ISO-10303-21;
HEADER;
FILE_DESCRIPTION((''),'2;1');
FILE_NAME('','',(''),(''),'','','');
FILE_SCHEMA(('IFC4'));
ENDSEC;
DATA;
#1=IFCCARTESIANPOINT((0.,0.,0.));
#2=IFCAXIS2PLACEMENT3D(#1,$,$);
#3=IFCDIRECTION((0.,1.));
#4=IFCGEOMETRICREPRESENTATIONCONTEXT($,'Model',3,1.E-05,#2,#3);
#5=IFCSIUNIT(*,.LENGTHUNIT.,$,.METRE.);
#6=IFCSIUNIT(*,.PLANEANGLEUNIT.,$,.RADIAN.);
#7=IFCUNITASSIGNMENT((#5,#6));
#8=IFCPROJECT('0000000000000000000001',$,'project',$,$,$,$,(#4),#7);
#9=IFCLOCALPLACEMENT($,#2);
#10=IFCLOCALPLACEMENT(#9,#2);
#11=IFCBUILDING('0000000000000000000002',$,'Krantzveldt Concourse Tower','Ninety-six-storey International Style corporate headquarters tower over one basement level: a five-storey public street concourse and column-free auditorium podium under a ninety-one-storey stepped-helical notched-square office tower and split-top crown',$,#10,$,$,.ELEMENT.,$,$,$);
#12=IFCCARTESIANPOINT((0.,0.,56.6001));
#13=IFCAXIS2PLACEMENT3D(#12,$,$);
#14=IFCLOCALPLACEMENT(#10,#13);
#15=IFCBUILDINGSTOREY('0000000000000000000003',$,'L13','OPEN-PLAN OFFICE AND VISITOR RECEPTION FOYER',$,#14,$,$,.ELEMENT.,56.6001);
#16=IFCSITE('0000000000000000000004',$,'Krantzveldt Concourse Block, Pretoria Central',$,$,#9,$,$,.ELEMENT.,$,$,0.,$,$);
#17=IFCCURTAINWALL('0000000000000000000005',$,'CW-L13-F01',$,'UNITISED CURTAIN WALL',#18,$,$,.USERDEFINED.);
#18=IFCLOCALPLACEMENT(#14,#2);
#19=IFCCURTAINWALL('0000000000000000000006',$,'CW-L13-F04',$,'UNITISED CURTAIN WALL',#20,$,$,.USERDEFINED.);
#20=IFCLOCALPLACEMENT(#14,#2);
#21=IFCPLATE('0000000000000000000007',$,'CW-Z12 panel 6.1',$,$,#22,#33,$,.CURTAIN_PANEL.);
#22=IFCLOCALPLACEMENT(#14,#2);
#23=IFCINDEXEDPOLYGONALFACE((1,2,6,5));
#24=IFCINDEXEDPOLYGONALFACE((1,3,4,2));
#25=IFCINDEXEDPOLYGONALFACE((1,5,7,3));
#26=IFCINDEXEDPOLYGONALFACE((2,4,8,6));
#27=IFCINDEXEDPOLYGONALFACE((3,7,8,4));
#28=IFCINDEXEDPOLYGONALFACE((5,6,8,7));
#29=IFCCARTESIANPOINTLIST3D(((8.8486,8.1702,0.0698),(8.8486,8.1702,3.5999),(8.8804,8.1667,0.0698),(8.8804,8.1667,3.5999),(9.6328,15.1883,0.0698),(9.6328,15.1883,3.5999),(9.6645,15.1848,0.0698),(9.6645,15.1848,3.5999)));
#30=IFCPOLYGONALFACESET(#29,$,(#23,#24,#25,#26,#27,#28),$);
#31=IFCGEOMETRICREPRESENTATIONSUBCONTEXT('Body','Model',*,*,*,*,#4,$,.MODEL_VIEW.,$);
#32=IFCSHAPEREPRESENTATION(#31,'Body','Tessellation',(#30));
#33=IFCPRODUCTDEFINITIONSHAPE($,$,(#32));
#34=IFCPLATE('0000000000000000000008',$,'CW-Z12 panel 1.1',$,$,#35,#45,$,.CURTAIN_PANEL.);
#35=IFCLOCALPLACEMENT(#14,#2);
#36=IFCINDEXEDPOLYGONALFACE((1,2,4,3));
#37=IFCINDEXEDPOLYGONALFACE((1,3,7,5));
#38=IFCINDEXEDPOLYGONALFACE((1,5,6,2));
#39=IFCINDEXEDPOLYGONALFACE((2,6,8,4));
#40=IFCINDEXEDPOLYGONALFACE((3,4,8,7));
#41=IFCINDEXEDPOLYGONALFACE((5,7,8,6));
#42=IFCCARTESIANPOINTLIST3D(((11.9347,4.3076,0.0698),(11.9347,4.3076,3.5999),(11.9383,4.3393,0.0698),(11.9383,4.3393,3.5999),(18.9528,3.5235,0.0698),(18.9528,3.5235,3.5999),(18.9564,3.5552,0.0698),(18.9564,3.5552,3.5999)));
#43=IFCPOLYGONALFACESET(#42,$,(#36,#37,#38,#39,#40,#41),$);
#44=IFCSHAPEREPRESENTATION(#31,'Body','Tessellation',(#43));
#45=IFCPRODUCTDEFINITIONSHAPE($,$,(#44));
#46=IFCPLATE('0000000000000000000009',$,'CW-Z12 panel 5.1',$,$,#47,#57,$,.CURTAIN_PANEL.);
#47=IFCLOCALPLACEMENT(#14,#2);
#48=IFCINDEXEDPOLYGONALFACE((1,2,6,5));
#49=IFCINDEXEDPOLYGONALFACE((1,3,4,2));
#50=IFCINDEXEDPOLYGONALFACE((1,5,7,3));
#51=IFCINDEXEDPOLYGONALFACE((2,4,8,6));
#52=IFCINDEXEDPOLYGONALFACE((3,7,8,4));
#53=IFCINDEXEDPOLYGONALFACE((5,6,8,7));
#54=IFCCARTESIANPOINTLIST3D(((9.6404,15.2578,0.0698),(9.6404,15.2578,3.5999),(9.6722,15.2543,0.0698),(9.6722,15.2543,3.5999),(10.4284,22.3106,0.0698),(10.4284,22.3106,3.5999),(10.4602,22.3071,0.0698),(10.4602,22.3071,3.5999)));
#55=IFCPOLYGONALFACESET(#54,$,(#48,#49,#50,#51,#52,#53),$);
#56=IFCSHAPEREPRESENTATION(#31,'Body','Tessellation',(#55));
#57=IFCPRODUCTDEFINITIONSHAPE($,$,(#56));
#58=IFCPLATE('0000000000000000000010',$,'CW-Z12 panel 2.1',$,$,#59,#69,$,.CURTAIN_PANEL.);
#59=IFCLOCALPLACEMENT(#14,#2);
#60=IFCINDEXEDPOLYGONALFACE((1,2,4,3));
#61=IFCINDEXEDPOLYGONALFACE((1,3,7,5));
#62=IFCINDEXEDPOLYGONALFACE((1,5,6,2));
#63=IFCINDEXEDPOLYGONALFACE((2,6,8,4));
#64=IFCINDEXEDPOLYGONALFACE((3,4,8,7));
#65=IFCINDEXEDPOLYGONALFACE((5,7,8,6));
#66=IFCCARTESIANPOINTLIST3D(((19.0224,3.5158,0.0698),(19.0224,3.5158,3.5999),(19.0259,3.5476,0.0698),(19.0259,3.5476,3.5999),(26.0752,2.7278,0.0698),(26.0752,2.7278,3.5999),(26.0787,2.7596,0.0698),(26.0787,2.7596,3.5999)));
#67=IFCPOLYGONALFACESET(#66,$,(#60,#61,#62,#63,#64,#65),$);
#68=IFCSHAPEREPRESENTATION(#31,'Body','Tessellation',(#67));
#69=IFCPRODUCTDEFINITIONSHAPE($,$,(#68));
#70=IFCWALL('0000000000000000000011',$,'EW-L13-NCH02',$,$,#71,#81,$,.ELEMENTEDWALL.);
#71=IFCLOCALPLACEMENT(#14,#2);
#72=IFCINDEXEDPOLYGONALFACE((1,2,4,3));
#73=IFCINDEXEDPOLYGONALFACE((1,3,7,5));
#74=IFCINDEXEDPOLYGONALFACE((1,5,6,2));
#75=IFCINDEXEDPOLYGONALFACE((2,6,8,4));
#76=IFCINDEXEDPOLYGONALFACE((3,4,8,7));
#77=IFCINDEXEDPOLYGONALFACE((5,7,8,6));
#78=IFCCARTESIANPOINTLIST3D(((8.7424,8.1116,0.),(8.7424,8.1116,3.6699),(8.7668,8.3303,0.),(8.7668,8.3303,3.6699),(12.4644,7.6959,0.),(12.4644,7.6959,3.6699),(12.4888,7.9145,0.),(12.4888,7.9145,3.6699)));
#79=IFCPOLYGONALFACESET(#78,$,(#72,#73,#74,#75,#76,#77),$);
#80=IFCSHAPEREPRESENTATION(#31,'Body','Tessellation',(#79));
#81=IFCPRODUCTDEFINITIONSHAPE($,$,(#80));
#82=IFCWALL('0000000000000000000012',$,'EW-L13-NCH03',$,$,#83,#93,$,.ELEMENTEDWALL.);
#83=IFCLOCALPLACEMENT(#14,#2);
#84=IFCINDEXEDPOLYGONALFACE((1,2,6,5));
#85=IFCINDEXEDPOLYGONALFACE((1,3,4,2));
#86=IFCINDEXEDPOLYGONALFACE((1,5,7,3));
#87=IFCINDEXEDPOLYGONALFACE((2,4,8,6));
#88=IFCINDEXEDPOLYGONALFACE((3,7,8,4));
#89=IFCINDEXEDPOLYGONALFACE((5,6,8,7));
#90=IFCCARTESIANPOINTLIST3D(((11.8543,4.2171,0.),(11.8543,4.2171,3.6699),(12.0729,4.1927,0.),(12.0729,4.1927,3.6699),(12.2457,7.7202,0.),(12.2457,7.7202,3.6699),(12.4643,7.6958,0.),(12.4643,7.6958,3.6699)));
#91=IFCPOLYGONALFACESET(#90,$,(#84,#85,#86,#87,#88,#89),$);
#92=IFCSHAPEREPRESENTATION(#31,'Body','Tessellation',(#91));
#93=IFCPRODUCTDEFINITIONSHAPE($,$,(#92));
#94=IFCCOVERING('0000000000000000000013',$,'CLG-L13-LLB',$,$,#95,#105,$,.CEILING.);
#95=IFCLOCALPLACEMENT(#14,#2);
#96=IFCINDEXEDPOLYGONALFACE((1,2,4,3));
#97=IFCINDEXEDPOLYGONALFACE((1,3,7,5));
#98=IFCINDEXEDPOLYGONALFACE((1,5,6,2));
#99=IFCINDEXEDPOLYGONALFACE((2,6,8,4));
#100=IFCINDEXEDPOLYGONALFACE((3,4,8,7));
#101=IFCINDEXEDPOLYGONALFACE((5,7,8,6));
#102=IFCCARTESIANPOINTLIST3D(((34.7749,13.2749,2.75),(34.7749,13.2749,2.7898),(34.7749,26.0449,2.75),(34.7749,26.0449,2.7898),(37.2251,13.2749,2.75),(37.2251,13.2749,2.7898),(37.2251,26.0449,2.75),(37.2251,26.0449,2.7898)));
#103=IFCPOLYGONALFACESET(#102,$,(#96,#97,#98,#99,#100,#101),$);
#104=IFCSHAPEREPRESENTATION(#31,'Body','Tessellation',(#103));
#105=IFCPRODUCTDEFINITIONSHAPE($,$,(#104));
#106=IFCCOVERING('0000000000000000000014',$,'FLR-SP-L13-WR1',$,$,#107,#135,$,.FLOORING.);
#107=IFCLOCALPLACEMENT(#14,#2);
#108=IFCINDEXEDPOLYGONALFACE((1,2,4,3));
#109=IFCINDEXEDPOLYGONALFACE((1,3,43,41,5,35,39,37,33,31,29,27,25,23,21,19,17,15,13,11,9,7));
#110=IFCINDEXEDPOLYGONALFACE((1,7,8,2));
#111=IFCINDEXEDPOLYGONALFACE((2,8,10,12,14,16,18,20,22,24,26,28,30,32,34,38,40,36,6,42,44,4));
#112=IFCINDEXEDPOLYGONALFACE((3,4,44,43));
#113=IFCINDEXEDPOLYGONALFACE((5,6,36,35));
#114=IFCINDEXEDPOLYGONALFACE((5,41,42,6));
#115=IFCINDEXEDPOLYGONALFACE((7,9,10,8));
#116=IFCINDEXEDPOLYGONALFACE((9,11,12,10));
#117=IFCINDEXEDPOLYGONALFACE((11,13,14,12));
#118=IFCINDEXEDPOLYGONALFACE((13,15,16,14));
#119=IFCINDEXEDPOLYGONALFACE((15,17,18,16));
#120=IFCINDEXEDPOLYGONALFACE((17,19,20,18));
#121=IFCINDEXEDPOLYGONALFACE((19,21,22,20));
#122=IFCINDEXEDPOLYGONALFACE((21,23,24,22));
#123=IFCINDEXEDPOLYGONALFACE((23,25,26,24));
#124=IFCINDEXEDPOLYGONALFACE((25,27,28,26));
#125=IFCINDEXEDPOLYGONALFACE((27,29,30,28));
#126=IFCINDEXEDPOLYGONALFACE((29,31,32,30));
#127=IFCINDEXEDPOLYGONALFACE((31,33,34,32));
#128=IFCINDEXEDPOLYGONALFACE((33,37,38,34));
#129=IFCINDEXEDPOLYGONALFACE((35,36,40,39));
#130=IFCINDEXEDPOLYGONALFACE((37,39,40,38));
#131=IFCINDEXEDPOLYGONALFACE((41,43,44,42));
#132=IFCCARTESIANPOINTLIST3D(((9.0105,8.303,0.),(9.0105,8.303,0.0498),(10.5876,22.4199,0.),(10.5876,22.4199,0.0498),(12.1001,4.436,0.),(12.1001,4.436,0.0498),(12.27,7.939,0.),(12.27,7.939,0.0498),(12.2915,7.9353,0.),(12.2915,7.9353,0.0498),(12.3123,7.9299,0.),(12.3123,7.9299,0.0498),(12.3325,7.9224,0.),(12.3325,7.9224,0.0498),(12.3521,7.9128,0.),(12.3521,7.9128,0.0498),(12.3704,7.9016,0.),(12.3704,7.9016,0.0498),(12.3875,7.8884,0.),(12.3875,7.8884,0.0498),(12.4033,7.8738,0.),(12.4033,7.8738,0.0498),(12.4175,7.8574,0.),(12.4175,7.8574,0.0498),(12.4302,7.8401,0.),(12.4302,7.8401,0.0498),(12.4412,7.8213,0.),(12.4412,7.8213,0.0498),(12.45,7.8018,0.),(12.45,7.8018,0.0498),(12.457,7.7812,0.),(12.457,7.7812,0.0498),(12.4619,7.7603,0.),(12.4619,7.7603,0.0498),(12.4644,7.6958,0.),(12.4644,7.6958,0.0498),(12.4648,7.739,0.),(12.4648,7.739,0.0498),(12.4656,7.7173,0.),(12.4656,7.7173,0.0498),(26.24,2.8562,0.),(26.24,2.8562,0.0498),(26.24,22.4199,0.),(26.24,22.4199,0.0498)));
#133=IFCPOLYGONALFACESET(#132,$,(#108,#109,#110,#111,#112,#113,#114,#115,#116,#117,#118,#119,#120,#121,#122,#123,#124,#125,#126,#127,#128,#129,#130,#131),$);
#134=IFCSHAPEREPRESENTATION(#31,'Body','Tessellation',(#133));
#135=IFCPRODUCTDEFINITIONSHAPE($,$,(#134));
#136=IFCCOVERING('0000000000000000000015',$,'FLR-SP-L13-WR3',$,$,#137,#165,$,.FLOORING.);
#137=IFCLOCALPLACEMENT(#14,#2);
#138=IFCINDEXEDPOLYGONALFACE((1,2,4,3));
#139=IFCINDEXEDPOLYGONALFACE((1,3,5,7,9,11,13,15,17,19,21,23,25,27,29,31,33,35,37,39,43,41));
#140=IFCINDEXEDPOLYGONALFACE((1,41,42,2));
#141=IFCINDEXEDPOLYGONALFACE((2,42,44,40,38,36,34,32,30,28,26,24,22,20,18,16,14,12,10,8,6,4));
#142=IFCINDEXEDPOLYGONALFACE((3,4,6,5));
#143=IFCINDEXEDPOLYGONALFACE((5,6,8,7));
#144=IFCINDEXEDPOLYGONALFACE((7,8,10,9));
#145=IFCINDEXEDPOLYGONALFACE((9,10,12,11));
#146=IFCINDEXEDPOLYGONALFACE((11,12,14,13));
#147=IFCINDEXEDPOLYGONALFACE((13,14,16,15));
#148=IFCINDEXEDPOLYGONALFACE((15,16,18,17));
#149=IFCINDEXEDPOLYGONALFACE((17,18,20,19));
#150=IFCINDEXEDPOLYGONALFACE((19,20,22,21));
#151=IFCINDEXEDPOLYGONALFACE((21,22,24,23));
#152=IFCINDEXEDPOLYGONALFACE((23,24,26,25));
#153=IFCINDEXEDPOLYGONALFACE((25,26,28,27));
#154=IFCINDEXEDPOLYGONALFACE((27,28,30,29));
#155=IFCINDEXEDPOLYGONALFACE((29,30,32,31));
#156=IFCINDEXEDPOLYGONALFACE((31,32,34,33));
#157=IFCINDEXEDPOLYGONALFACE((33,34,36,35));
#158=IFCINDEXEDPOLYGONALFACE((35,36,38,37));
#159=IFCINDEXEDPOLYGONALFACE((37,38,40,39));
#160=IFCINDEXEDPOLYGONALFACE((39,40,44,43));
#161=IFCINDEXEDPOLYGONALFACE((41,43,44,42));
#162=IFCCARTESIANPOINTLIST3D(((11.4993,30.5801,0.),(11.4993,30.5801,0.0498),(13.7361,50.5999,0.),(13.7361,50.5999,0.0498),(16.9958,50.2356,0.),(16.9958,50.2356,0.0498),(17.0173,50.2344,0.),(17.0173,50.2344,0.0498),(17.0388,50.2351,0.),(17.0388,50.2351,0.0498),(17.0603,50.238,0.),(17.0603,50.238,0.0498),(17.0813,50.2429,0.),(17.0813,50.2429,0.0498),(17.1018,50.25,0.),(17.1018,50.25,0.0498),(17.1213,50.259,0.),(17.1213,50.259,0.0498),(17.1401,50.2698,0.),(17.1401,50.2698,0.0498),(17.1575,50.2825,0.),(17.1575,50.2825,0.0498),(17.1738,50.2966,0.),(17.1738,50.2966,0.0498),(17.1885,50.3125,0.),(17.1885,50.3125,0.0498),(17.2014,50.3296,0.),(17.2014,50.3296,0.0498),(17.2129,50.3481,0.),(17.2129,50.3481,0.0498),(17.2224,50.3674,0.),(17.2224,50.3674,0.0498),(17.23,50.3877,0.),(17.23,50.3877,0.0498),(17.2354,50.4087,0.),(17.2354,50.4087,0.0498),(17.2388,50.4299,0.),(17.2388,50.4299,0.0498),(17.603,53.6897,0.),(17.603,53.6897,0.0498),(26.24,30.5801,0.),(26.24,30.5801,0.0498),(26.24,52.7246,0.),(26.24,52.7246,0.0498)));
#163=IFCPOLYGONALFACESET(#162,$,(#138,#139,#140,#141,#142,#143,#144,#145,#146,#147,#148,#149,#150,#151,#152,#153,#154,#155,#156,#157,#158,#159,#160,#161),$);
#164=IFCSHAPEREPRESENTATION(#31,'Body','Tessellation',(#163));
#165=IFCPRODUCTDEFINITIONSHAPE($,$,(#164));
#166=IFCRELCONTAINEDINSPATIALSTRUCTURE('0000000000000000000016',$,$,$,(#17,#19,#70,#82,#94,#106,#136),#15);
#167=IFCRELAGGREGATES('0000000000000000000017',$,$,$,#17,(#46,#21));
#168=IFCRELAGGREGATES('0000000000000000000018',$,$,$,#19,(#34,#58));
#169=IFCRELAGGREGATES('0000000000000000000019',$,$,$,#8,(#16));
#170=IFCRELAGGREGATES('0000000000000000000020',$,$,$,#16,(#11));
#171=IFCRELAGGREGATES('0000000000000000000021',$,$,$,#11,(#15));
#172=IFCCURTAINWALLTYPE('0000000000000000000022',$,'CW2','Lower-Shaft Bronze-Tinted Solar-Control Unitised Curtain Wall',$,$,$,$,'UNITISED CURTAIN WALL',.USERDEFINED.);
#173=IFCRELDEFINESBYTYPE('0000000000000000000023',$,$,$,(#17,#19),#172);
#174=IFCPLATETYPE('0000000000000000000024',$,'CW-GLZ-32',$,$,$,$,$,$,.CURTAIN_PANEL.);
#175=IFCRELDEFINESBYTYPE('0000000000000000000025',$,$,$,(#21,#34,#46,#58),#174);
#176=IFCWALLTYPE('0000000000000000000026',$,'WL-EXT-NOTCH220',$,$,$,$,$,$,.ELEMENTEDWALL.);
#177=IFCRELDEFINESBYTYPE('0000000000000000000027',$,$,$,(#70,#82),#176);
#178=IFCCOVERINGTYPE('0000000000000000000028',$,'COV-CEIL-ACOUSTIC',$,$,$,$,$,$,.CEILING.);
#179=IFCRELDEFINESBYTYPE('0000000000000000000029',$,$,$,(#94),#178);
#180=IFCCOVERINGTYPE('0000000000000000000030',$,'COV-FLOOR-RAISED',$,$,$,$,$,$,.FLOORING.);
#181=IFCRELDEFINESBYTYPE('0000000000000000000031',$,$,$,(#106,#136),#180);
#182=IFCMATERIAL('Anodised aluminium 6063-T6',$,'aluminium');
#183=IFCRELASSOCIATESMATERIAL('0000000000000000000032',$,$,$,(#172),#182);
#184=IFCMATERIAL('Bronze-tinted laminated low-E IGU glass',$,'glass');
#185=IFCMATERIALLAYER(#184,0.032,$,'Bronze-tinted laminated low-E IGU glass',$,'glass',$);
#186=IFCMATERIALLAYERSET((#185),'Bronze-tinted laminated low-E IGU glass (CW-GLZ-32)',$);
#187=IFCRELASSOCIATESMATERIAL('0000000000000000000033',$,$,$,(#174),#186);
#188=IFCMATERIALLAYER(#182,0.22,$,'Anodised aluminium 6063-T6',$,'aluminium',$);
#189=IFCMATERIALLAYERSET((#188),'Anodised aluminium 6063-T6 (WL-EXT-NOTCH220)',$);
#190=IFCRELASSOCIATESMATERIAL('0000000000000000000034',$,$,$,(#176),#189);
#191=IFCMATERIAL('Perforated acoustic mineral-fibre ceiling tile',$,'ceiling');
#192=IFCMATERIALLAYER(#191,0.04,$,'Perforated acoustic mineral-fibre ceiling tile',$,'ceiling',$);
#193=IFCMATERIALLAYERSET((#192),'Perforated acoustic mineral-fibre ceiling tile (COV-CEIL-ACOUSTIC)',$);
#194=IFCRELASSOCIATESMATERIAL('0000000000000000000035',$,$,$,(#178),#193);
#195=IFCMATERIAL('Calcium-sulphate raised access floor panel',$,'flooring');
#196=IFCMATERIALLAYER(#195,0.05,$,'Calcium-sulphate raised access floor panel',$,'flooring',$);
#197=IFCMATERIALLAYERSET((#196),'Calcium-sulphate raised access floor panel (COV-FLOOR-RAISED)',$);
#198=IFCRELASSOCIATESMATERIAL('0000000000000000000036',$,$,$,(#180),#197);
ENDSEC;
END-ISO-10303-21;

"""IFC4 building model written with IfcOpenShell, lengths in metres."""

from ifc_helpers import new_model, si_unit, direction, frame, frame_2d, origin, origin_2d, place, context, subcontext, project, spatial, polyline, rectangle, outline, extrude, source, transform, mapped, material, layer, layer_set, type_object, type_shapes, element, aggregate, save


model = new_model("IFC4")

# Units and contexts
model_context = context("Model", 3, precision=1e-05, world=origin(), true_north=direction((0.0, 1.0)))
body_context = subcontext(model_context, "Body", "Model", "MODEL_VIEW")
ifc_project = project(units=[si_unit("LENGTHUNIT", "METRE"), si_unit("PLANEANGLEUNIT", "RADIAN")], contexts=[model_context])

# Site, building, storey
site_placement = place(None, origin())
site = spatial("IfcSite", under=ifc_project, at=site_placement, Name="Krantzveldt Concourse Block, Pretoria Central", CompositionType="ELEMENT", RefElevation=0.0)
building_placement = place(site_placement, origin())
building = spatial("IfcBuilding", under=site, at=building_placement, Name="Krantzveldt Concourse Tower", Description="Ninety-six-storey International Style corporate headquarters tower over one basement level: a five-storey public street concourse and column-free auditorium podium under a ninety-one-storey stepped-helical notched-square office tower and split-top crown", CompositionType="ELEMENT")
storey_placement = place(building_placement, frame((0.0, 0.0, 56.6001)))
storey = spatial("IfcBuildingStorey", under=building, at=storey_placement, Name="L13", Description="OPEN-PLAN OFFICE AND VISITOR RECEPTION FOYER", CompositionType="ELEMENT", Elevation=56.6001)

# Curtain walls
ifc_material_1 = material(Name="Anodised aluminium 6063-T6", Category="aluminium")
curtain_wall_type = type_object("IfcCurtainWallType", Name="CW2", Description="Lower-Shaft Bronze-Tinted Solar-Control Unitised Curtain Wall", ElementType="UNITISED CURTAIN WALL", PredefinedType="USERDEFINED", material=ifc_material_1)
curtain_wall_1_placement = place(storey_placement, origin())
curtain_wall_1 = element("IfcCurtainWall", 1, at=curtain_wall_1_placement, inside=storey, type_object=curtain_wall_type, Name="CW-L13-F01", ObjectType="UNITISED CURTAIN WALL", PredefinedType="USERDEFINED")
curtain_wall_2_placement = place(storey_placement, origin())
curtain_wall_2 = element("IfcCurtainWall", 2, at=curtain_wall_2_placement, inside=storey, type_object=curtain_wall_type, Name="CW-L13-F04", ObjectType="UNITISED CURTAIN WALL", PredefinedType="USERDEFINED")

# Plates
ifc_material_2 = material(Name="Bronze-tinted laminated low-E IGU glass", Category="glass")
ifc_layer_1 = layer(ifc_material_2, 0.032, Name="Bronze-tinted laminated low-E IGU glass", Category="glass")
ifc_layer_set_1 = layer_set([ifc_layer_1], Name="Bronze-tinted laminated low-E IGU glass (CW-GLZ-32)")
plate_type = type_object("IfcPlateType", Name="CW-GLZ-32", PredefinedType="CURTAIN_PANEL", material=ifc_layer_set_1)
shared_shape_1 = source(origin(), body_context, "Body", "SweptSolid", [
    extrude(rectangle(XDim=7.0618, YDim=0.032, at=origin_2d()), origin(), (0.0, 0.0, 1.0), 3.53),
])
plate_1_placement = place(storey_placement, frame((9.2566, 11.6775, 0.0698), z_axis=(0.0, 0.0, 1.0), x_axis=(-0.111035, -0.993816, 0.0)))
plate_1 = element("IfcPlate", 3, at=plate_1_placement, type_object=plate_type, Name="CW-Z12 panel 6.1", PredefinedType="CURTAIN_PANEL", context=body_context, shape_type="MappedRepresentation", body=[
    mapped(shared_shape_1, transform((0.0, 0.0, 0.0), x_axis=(1.0, 0.0, 0.0), y_axis=(0.0, 1.0, 0.0), z_axis=(0.0, 0.0, 1.0), scale=1.0)),
])
plate_2_placement = place(storey_placement, frame((15.4456, 3.9314, 0.0698), z_axis=(0.0, 0.0, 1.0), x_axis=(0.993816, -0.111035, 0.0)))
plate_2 = element("IfcPlate", 4, at=plate_2_placement, type_object=plate_type, Name="CW-Z12 panel 1.1", PredefinedType="CURTAIN_PANEL", context=body_context, shape_type="MappedRepresentation", body=[
    mapped(shared_shape_1, transform((0.0, 0.0, 0.0), x_axis=(1.0, 0.0, 0.0), y_axis=(0.0, 1.0, 0.0), z_axis=(0.0, 0.0, 1.0), scale=1.0)),
])
shared_shape_2 = source(origin(), body_context, "Body", "SweptSolid", [
    extrude(rectangle(XDim=7.0967, YDim=0.032, at=origin_2d()), origin(), (0.0, 0.0, 1.0), 3.53),
])
type_shapes(plate_type, [shared_shape_1, shared_shape_2])
plate_3_placement = place(storey_placement, frame((10.0503, 18.7825, 0.0698), z_axis=(0.0, 0.0, 1.0), x_axis=(-0.111035, -0.993816, 0.0)))
plate_3 = element("IfcPlate", 5, at=plate_3_placement, type_object=plate_type, Name="CW-Z12 panel 5.1", PredefinedType="CURTAIN_PANEL", context=body_context, shape_type="MappedRepresentation", body=[
    mapped(shared_shape_2, transform((0.0, 0.0, 0.0), x_axis=(1.0, 0.0, 0.0), y_axis=(0.0, 1.0, 0.0), z_axis=(0.0, 0.0, 1.0), scale=1.0)),
])
aggregate(curtain_wall_1, [plate_3, plate_1])
plate_4_placement = place(storey_placement, frame((22.5505, 3.1377, 0.0698), z_axis=(0.0, 0.0, 1.0), x_axis=(0.993816, -0.111035, 0.0)))
plate_4 = element("IfcPlate", 6, at=plate_4_placement, type_object=plate_type, Name="CW-Z12 panel 2.1", PredefinedType="CURTAIN_PANEL", context=body_context, shape_type="MappedRepresentation", body=[
    mapped(shared_shape_2, transform((0.0, 0.0, 0.0), x_axis=(1.0, 0.0, 0.0), y_axis=(0.0, 1.0, 0.0), z_axis=(0.0, 0.0, 1.0), scale=1.0)),
])
aggregate(curtain_wall_2, [plate_2, plate_4])

# Walls
ifc_layer_2 = layer(ifc_material_1, 0.22, Name="Anodised aluminium 6063-T6", Category="aluminium")
ifc_layer_set_2 = layer_set([ifc_layer_2], Name="Anodised aluminium 6063-T6 (WL-EXT-NOTCH220)")
wall_type = type_object("IfcWallType", Name="WL-EXT-NOTCH220", PredefinedType="ELEMENTEDWALL", material=ifc_layer_set_2)
wall_1_placement = place(storey_placement, frame((8.7546, 8.2209, 0.0), z_axis=(0.0, 0.0, 1.0), x_axis=(0.993818, -0.111018, 0.0)))
element("IfcWall", 7, at=wall_1_placement, inside=storey, type_object=wall_type, Name="EW-L13-NCH02", PredefinedType="ELEMENTEDWALL", context=body_context, shape_type="SweptSolid", body=[
    extrude(rectangle(XDim=3.7451, YDim=0.22, at=frame_2d((1.8726, 0.0))), origin(), (0.0, 0.0, 1.0), 3.6699),
])
wall_2_placement = place(storey_placement, frame((12.355, 7.708, 0.0), z_axis=(0.0, 0.0, 1.0), x_axis=(-0.111024, -0.993818, 0.0)))
element("IfcWall", 8, at=wall_2_placement, inside=storey, type_object=wall_type, Name="EW-L13-NCH03", PredefinedType="ELEMENTEDWALL", context=body_context, shape_type="SweptSolid", body=[
    extrude(rectangle(XDim=3.5249, YDim=0.22, at=frame_2d((1.7625, 0.0))), origin(), (0.0, 0.0, 1.0), 3.6699),
])

# Coverings
ifc_material_3 = material(Name="Perforated acoustic mineral-fibre ceiling tile", Category="ceiling")
ifc_layer_3 = layer(ifc_material_3, 0.04, Name="Perforated acoustic mineral-fibre ceiling tile", Category="ceiling")
ifc_layer_set_3 = layer_set([ifc_layer_3], Name="Perforated acoustic mineral-fibre ceiling tile (COV-CEIL-ACOUSTIC)")
covering_type_1 = type_object("IfcCoveringType", Name="COV-CEIL-ACOUSTIC", PredefinedType="CEILING", material=ifc_layer_set_3)
covering_1_placement = place(storey_placement, frame((0.0, 0.0, 2.75)))
element("IfcCovering", 9, at=covering_1_placement, inside=storey, type_object=covering_type_1, Name="CLG-L13-LLB", PredefinedType="CEILING", context=body_context, shape_type="SweptSolid", body=[
    extrude(outline(polyline([(37.2251, 13.2749), (34.7749, 13.2749), (34.7749, 26.0449), (37.2251, 26.0449), (37.2251, 13.2749)])), origin(), (0.0, 0.0, 1.0), 0.0398),
])
ifc_material_4 = material(Name="Calcium-sulphate raised access floor panel", Category="flooring")
ifc_layer_4 = layer(ifc_material_4, 0.05, Name="Calcium-sulphate raised access floor panel", Category="flooring")
ifc_layer_set_4 = layer_set([ifc_layer_4], Name="Calcium-sulphate raised access floor panel (COV-FLOOR-RAISED)")
covering_type_2 = type_object("IfcCoveringType", Name="COV-FLOOR-RAISED", PredefinedType="FLOORING", material=ifc_layer_set_4)
covering_2_placement = place(storey_placement, origin())
element("IfcCovering", 10, at=covering_2_placement, inside=storey, type_object=covering_type_2, Name="FLR-SP-L13-WR1", PredefinedType="FLOORING", context=body_context, shape_type="SweptSolid", body=[
    extrude(outline(polyline([(26.24, 2.8562), (12.1001, 4.436), (12.4644, 7.6958), (12.4656, 7.7173), (12.4648, 7.739), (12.4619, 7.7603), (12.457, 7.7812), (12.45, 7.8018), (12.4412, 7.8213), (12.4302, 7.8401), (12.4175, 7.8574), (12.4033, 7.8738), (12.3875, 7.8884), (12.3704, 7.9016), (12.3521, 7.9128), (12.3325, 7.9224), (12.3123, 7.9299), (12.2915, 7.9353), (12.27, 7.939), (9.0105, 8.303), (10.5876, 22.4199), (26.24, 22.4199), (26.24, 2.8562)])), origin(), (0.0, 0.0, 1.0), 0.0498),
])
covering_3_placement = place(storey_placement, origin())
element("IfcCovering", 11, at=covering_3_placement, inside=storey, type_object=covering_type_2, Name="FLR-SP-L13-WR3", PredefinedType="FLOORING", context=body_context, shape_type="SweptSolid", body=[
    extrude(outline(polyline([(11.4993, 30.5801), (13.7361, 50.5999), (16.9958, 50.2356), (17.0173, 50.2344), (17.0388, 50.2351), (17.0603, 50.238), (17.0813, 50.2429), (17.1018, 50.25), (17.1213, 50.259), (17.1401, 50.2698), (17.1575, 50.2825), (17.1738, 50.2966), (17.1885, 50.3125), (17.2014, 50.3296), (17.2129, 50.3481), (17.2224, 50.3674), (17.23, 50.3877), (17.2354, 50.4087), (17.2388, 50.4299), (17.603, 53.6897), (26.24, 52.7246), (26.24, 30.5801), (11.4993, 30.5801)])), origin(), (0.0, 0.0, 1.0), 0.0498),
])

save(model, "model.ifc")
